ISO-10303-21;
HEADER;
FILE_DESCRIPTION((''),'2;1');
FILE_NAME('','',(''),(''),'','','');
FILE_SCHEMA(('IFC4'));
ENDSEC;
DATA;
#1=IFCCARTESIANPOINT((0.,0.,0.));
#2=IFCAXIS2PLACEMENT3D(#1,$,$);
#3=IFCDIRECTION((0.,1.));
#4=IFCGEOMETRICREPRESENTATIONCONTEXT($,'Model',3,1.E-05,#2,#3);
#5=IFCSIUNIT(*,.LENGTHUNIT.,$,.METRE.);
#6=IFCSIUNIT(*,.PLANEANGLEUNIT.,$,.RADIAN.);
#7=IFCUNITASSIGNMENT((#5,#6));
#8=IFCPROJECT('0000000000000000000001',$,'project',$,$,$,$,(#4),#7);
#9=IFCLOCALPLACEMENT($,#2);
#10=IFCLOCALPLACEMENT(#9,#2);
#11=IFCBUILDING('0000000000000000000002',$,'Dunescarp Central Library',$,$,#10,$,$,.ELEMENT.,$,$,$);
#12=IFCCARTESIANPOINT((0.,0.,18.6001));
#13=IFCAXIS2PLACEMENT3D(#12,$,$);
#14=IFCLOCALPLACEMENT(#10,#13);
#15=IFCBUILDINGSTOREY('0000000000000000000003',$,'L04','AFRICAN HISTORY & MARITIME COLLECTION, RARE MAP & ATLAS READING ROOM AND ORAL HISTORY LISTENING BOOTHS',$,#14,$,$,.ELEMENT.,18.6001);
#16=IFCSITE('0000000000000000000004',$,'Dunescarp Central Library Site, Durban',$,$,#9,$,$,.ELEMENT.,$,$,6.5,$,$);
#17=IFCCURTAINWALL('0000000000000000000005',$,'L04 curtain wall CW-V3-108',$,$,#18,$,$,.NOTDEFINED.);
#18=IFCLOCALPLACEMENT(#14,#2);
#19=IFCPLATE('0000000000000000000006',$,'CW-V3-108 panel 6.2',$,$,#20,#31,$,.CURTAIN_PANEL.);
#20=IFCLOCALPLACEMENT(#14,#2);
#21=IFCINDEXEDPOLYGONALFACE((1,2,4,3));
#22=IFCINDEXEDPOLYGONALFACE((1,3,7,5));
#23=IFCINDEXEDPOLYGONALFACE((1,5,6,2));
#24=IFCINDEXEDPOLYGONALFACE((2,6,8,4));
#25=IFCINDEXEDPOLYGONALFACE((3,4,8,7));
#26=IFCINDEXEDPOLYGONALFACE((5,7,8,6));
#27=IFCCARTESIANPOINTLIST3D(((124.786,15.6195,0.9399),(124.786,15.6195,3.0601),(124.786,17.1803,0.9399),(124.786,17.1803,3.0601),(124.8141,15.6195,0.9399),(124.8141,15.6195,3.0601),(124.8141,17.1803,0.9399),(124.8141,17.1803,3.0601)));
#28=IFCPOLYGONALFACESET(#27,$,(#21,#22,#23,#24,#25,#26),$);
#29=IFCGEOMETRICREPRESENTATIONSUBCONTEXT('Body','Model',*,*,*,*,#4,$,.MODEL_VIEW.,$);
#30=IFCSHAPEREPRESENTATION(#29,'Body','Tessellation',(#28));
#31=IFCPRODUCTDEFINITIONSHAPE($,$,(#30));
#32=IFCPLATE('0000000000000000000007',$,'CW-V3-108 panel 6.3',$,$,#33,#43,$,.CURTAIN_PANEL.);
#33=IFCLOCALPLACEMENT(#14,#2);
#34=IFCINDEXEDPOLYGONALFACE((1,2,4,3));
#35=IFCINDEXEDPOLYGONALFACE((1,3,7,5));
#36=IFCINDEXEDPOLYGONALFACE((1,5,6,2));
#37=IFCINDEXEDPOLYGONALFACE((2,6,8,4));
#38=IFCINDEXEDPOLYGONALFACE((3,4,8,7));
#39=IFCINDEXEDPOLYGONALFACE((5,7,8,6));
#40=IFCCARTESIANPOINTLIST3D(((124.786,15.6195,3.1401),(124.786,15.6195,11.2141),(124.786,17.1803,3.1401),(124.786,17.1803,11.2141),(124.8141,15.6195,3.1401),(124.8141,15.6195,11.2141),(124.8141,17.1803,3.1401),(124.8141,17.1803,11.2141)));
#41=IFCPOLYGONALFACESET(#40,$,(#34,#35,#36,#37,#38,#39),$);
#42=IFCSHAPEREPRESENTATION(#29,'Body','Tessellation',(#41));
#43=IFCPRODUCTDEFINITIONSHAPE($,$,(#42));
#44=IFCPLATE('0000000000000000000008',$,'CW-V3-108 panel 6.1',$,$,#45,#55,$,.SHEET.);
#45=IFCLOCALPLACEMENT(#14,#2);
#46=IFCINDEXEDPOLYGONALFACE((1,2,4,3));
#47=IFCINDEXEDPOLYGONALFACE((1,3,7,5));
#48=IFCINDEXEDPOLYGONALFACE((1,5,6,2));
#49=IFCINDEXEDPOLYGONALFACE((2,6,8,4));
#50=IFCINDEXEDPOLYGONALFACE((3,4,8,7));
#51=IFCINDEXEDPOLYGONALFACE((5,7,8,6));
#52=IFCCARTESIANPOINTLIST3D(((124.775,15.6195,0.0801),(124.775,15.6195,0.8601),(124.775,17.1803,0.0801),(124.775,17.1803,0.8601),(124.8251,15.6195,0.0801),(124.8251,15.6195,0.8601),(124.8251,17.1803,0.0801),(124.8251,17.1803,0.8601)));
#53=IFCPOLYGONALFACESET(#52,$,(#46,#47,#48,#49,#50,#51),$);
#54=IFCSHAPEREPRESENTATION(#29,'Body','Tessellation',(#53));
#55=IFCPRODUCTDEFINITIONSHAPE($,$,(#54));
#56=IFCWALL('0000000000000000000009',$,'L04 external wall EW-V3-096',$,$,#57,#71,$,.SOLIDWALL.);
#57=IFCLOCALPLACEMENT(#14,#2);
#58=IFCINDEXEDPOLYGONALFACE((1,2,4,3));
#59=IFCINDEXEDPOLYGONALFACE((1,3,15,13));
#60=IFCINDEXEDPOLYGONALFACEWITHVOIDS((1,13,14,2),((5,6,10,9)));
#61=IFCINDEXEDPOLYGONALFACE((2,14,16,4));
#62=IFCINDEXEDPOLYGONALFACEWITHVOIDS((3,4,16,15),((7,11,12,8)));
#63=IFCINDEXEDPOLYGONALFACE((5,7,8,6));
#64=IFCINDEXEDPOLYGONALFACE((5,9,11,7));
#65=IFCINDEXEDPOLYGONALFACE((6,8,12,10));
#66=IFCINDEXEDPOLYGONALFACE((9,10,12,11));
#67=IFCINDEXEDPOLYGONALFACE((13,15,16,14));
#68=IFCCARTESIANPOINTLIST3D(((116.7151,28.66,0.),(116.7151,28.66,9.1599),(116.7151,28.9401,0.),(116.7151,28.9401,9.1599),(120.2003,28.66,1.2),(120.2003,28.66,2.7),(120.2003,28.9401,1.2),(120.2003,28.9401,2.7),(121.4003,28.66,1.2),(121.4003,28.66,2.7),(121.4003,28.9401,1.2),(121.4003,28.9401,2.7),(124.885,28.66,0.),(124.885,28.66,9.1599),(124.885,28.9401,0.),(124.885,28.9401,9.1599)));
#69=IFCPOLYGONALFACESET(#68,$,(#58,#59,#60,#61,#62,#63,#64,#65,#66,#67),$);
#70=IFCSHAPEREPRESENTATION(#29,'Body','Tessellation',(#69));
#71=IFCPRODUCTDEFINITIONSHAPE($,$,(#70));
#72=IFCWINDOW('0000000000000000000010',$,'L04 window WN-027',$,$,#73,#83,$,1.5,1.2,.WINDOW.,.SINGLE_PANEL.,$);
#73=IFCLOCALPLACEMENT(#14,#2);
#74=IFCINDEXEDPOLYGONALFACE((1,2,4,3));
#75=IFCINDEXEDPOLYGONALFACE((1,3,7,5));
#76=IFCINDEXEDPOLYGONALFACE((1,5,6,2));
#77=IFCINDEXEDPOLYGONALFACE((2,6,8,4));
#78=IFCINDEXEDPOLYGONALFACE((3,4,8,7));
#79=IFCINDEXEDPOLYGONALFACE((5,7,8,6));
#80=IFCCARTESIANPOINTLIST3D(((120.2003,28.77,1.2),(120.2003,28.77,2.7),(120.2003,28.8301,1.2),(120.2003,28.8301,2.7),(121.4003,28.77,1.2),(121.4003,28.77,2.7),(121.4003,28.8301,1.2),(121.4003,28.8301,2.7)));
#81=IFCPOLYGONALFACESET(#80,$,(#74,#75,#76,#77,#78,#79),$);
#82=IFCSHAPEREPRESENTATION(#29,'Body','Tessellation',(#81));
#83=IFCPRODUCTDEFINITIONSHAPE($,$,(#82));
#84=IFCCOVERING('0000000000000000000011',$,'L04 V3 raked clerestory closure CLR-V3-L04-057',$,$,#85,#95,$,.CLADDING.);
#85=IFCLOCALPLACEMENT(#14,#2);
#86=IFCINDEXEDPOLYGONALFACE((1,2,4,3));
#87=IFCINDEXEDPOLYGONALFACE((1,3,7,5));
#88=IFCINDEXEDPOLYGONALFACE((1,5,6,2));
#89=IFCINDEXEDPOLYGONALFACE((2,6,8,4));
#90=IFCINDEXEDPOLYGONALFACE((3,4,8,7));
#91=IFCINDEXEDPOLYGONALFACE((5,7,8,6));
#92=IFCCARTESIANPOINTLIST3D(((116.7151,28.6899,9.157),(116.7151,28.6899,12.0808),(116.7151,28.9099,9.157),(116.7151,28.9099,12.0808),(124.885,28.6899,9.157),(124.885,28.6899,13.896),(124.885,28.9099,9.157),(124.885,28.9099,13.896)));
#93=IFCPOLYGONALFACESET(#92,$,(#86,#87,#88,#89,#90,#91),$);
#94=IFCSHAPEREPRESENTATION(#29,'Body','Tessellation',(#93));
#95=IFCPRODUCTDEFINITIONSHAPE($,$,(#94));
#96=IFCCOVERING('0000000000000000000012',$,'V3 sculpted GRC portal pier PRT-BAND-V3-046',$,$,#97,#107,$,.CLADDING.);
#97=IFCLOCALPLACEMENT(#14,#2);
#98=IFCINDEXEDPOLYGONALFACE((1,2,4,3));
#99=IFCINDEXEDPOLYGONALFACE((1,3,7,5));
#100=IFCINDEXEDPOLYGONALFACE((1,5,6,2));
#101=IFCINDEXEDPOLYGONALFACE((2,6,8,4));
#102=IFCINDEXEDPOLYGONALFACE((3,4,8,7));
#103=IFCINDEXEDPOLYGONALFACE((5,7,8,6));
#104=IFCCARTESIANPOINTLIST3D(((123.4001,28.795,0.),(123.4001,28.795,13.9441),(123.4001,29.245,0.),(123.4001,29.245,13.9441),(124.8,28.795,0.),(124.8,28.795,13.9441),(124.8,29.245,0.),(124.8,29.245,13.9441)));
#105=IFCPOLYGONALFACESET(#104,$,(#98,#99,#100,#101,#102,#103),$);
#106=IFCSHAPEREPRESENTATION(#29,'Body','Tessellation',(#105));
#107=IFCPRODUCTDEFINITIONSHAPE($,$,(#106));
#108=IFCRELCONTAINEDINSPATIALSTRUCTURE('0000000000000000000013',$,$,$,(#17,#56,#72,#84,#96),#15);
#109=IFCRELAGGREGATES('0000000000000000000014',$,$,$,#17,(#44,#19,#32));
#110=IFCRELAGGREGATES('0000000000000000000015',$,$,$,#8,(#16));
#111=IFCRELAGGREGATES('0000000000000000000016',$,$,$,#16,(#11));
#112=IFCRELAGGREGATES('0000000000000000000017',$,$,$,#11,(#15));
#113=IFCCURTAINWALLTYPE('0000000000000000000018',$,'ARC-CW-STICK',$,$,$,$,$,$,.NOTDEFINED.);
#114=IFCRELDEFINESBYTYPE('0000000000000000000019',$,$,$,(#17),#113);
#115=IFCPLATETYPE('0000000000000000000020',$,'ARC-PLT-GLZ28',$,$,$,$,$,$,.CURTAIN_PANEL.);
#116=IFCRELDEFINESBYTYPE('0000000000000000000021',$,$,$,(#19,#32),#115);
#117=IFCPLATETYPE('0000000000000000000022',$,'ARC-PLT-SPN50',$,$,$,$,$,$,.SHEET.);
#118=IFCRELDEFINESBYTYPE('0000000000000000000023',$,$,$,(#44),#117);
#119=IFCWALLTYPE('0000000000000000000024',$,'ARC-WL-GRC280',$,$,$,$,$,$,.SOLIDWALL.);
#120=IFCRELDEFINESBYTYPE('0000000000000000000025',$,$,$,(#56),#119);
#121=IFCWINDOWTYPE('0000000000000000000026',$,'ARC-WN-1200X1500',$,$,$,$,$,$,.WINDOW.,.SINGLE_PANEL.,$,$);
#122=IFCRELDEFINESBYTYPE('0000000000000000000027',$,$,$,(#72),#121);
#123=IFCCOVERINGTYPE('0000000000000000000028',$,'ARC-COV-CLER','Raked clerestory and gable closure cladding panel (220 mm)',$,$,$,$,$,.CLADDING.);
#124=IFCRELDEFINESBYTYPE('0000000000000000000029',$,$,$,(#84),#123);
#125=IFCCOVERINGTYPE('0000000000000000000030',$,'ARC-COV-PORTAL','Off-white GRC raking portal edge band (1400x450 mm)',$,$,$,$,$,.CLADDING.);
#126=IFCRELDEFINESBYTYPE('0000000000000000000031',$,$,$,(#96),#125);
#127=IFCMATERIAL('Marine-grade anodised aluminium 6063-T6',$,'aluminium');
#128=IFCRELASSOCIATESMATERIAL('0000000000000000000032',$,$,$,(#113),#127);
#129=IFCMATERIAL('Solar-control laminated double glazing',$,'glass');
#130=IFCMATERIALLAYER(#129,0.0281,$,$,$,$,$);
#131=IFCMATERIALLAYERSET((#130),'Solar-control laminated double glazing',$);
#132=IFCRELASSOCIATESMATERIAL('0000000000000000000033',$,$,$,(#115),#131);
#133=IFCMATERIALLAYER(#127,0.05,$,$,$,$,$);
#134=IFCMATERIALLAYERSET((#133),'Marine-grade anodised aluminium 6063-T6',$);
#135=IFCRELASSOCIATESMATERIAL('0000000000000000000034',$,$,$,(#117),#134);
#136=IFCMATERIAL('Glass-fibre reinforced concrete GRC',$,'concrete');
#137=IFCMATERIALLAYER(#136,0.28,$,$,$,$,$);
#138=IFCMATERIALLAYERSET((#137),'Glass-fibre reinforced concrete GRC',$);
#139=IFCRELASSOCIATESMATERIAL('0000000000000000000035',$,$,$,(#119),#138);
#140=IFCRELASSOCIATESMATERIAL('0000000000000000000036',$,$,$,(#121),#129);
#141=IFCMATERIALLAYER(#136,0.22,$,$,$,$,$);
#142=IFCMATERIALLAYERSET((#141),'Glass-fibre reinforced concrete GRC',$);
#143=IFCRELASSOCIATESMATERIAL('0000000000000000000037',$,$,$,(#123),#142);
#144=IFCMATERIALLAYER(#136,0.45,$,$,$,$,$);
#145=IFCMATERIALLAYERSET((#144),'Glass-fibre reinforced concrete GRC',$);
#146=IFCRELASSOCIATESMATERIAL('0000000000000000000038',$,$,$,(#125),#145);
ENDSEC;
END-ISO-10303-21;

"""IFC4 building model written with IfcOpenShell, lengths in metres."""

from ifc_helpers import new_model, si_unit, direction, frame, frame_2d, origin, origin_2d, place, context, subcontext, project, spatial, polyline, rectangle, outline, extrude, material, layer, layer_set, type_object, element, fill, aggregate, save


model = new_model("IFC4")

# Units and contexts
model_context = context("Model", 3, precision=1e-05, world=origin(), true_north=direction((0.0, 1.0)))
body_context = subcontext(model_context, "Body", "Model", "MODEL_VIEW")
ifc_project = project(units=[si_unit("LENGTHUNIT", "METRE"), si_unit("PLANEANGLEUNIT", "RADIAN")], contexts=[model_context])

# Site, building, storey
site_placement = place(None, origin())
site = spatial("IfcSite", under=ifc_project, at=site_placement, Name="Dunescarp Central Library Site, Durban", CompositionType="ELEMENT", RefElevation=6.5)
building_placement = place(site_placement, origin())
building = spatial("IfcBuilding", under=site, at=building_placement, Name="Dunescarp Central Library", CompositionType="ELEMENT")
storey_placement = place(building_placement, frame((0.0, 0.0, 18.6001)))
storey = spatial("IfcBuildingStorey", under=building, at=storey_placement, Name="L04", Description="AFRICAN HISTORY & MARITIME COLLECTION, RARE MAP & ATLAS READING ROOM AND ORAL HISTORY LISTENING BOOTHS", CompositionType="ELEMENT", Elevation=18.6001)

# Curtain wall
ifc_material_1 = material(Name="Marine-grade anodised aluminium 6063-T6", Category="aluminium")
curtain_wall_type = type_object("IfcCurtainWallType", Name="ARC-CW-STICK", PredefinedType="NOTDEFINED", material=ifc_material_1)
curtain_wall_placement = place(storey_placement, origin())
curtain_wall = element("IfcCurtainWall", 1, at=curtain_wall_placement, inside=storey, type_object=curtain_wall_type, Name="L04 curtain wall CW-V3-108", PredefinedType="NOTDEFINED")

# Plates
ifc_material_2 = material(Name="Solar-control laminated double glazing", Category="glass")
ifc_layer_1 = layer(ifc_material_2, 0.0281)
ifc_layer_set_1 = layer_set([ifc_layer_1], Name="Solar-control laminated double glazing")
plate_type_1 = type_object("IfcPlateType", Name="ARC-PLT-GLZ28", PredefinedType="CURTAIN_PANEL", material=ifc_layer_set_1)
plate_1_placement = place(storey_placement, frame((124.8, 16.3999, 0.9399), z_axis=(0.0, 0.0, 1.0), x_axis=(0.0, -1.0, 0.0)))
plate_1 = element("IfcPlate", 2, at=plate_1_placement, type_object=plate_type_1, Name="CW-V3-108 panel 6.2", PredefinedType="CURTAIN_PANEL", context=body_context, shape_type="SweptSolid", body=[
    extrude(rectangle(XDim=1.5608, YDim=0.0281, at=origin_2d()), origin(), (0.0, 0.0, 1.0), 2.1201),
])
plate_2_placement = place(storey_placement, frame((124.8, 16.3999, 3.1401), z_axis=(0.0, 0.0, 1.0), x_axis=(0.0, -1.0, 0.0)))
plate_2 = element("IfcPlate", 3, at=plate_2_placement, type_object=plate_type_1, Name="CW-V3-108 panel 6.3", PredefinedType="CURTAIN_PANEL", context=body_context, shape_type="SweptSolid", body=[
    extrude(rectangle(XDim=1.5608, YDim=0.0281, at=origin_2d()), origin(), (0.0, 0.0, 1.0), 8.074),
])
ifc_layer_2 = layer(ifc_material_1, 0.05)
ifc_layer_set_2 = layer_set([ifc_layer_2], Name="Marine-grade anodised aluminium 6063-T6")
plate_type_2 = type_object("IfcPlateType", Name="ARC-PLT-SPN50", PredefinedType="SHEET", material=ifc_layer_set_2)
plate_3_placement = place(storey_placement, frame((124.8, 16.3999, 0.0801), z_axis=(0.0, 0.0, 1.0), x_axis=(0.0, -1.0, 0.0)))
plate_3 = element("IfcPlate", 4, at=plate_3_placement, type_object=plate_type_2, Name="CW-V3-108 panel 6.1", PredefinedType="SHEET", context=body_context, shape_type="SweptSolid", body=[
    extrude(rectangle(XDim=1.5608, YDim=0.05, at=origin_2d()), origin(), (0.0, 0.0, 1.0), 0.78),
])
aggregate(curtain_wall, [plate_3, plate_1, plate_2])

# Wall, opening, window
ifc_material_3 = material(Name="Glass-fibre reinforced concrete GRC", Category="concrete")
ifc_layer_3 = layer(ifc_material_3, 0.28)
ifc_layer_set_3 = layer_set([ifc_layer_3], Name="Glass-fibre reinforced concrete GRC")
wall_type = type_object("IfcWallType", Name="ARC-WL-GRC280", PredefinedType="SOLIDWALL", material=ifc_layer_set_3)
wall_placement = place(storey_placement, frame((116.7151, 28.8, 0.0), z_axis=(0.0, 0.0, 1.0), x_axis=(1.0, 0.0, 0.0)))
wall = element("IfcWall", 5, at=wall_placement, inside=storey, type_object=wall_type, Name="L04 external wall EW-V3-096", PredefinedType="SOLIDWALL", context=body_context, shape_type="SweptSolid", body=[
    extrude(rectangle(XDim=8.1699, YDim=0.28, at=frame_2d((4.085, 0.0))), origin(), (0.0, 0.0, 1.0), 9.1599),
])
opening_placement = place(wall_placement, frame((3.4851, 0.0, 1.2)))
opening = element("IfcOpeningElement", 6, at=opening_placement, cuts=wall, PredefinedType="OPENING", context=body_context, shape_type="SweptSolid", body=[
    extrude(rectangle(XDim=1.2, YDim=1.5, at=frame_2d((0.6001, 0.75))), frame((0.0, 0.1499, 0.0), z_axis=(0.0, -1.0, 0.0), x_axis=(1.0, 0.0, 0.0)), (0.0, 0.0, 1.0), 0.3),
])
window_type = type_object("IfcWindowType", Name="ARC-WN-1200X1500", PartitioningType="SINGLE_PANEL", PredefinedType="WINDOW", material=ifc_material_2)
window_placement = place(opening_placement, origin())
window = element("IfcWindow", 7, at=window_placement, inside=storey, type_object=window_type, Name="L04 window WN-027", OverallHeight=1.5, OverallWidth=1.2, PartitioningType="SINGLE_PANEL", PredefinedType="WINDOW", context=body_context, shape_type="SweptSolid", body=[
    extrude(rectangle(XDim=1.2, YDim=1.5, at=frame_2d((0.6001, 0.75))), frame((0.0, 0.03, 0.0), z_axis=(0.0, -1.0, 0.0), x_axis=(1.0, 0.0, 0.0)), (0.0, 0.0, 1.0), 0.0601),
])
fill(opening, window)

# Coverings
ifc_layer_4 = layer(ifc_material_3, 0.22)
ifc_layer_set_4 = layer_set([ifc_layer_4], Name="Glass-fibre reinforced concrete GRC")
covering_type_1 = type_object("IfcCoveringType", Name="ARC-COV-CLER", Description="Raked clerestory and gable closure cladding panel (220 mm)", PredefinedType="CLADDING", material=ifc_layer_set_4)
covering_1_placement = place(storey_placement, frame((116.7151, 28.8, 9.157), z_axis=(0.0, 0.0, 1.0), x_axis=(1.0, 0.0, 0.0)))
element("IfcCovering", 8, at=covering_1_placement, inside=storey, type_object=covering_type_1, Name="L04 V3 raked clerestory closure CLR-V3-L04-057", PredefinedType="CLADDING", context=body_context, shape_type="SweptSolid", body=[
    extrude(outline(polyline([(0.0, 0.0), (8.1699, 0.0), (8.1699, 4.739), (0.0, 2.9238), (0.0, 0.0)])), frame((0.0, 0.1099, 0.0), z_axis=(0.0, -1.0, 0.0), x_axis=(1.0, 0.0, 0.0)), (0.0, 0.0, 1.0), 0.22),
])
ifc_layer_5 = layer(ifc_material_3, 0.45)
ifc_layer_set_5 = layer_set([ifc_layer_5], Name="Glass-fibre reinforced concrete GRC")
covering_type_2 = type_object("IfcCoveringType", Name="ARC-COV-PORTAL", Description="Off-white GRC raking portal edge band (1400x450 mm)", PredefinedType="CLADDING", material=ifc_layer_set_5)
covering_2_placement = place(storey_placement, frame((124.1001, 29.02, 0.0), z_axis=(0.0, 0.0, 1.0), x_axis=(1.0, 0.0, 0.0)))
element("IfcCovering", 9, at=covering_2_placement, inside=storey, type_object=covering_type_2, Name="V3 sculpted GRC portal pier PRT-BAND-V3-046", PredefinedType="CLADDING", context=body_context, shape_type="SweptSolid", body=[
    extrude(rectangle(XDim=1.3999, YDim=0.45, at=origin_2d()), origin(), (0.0, 0.0, 1.0), 13.9441),
])

save(model, "model.ifc")
